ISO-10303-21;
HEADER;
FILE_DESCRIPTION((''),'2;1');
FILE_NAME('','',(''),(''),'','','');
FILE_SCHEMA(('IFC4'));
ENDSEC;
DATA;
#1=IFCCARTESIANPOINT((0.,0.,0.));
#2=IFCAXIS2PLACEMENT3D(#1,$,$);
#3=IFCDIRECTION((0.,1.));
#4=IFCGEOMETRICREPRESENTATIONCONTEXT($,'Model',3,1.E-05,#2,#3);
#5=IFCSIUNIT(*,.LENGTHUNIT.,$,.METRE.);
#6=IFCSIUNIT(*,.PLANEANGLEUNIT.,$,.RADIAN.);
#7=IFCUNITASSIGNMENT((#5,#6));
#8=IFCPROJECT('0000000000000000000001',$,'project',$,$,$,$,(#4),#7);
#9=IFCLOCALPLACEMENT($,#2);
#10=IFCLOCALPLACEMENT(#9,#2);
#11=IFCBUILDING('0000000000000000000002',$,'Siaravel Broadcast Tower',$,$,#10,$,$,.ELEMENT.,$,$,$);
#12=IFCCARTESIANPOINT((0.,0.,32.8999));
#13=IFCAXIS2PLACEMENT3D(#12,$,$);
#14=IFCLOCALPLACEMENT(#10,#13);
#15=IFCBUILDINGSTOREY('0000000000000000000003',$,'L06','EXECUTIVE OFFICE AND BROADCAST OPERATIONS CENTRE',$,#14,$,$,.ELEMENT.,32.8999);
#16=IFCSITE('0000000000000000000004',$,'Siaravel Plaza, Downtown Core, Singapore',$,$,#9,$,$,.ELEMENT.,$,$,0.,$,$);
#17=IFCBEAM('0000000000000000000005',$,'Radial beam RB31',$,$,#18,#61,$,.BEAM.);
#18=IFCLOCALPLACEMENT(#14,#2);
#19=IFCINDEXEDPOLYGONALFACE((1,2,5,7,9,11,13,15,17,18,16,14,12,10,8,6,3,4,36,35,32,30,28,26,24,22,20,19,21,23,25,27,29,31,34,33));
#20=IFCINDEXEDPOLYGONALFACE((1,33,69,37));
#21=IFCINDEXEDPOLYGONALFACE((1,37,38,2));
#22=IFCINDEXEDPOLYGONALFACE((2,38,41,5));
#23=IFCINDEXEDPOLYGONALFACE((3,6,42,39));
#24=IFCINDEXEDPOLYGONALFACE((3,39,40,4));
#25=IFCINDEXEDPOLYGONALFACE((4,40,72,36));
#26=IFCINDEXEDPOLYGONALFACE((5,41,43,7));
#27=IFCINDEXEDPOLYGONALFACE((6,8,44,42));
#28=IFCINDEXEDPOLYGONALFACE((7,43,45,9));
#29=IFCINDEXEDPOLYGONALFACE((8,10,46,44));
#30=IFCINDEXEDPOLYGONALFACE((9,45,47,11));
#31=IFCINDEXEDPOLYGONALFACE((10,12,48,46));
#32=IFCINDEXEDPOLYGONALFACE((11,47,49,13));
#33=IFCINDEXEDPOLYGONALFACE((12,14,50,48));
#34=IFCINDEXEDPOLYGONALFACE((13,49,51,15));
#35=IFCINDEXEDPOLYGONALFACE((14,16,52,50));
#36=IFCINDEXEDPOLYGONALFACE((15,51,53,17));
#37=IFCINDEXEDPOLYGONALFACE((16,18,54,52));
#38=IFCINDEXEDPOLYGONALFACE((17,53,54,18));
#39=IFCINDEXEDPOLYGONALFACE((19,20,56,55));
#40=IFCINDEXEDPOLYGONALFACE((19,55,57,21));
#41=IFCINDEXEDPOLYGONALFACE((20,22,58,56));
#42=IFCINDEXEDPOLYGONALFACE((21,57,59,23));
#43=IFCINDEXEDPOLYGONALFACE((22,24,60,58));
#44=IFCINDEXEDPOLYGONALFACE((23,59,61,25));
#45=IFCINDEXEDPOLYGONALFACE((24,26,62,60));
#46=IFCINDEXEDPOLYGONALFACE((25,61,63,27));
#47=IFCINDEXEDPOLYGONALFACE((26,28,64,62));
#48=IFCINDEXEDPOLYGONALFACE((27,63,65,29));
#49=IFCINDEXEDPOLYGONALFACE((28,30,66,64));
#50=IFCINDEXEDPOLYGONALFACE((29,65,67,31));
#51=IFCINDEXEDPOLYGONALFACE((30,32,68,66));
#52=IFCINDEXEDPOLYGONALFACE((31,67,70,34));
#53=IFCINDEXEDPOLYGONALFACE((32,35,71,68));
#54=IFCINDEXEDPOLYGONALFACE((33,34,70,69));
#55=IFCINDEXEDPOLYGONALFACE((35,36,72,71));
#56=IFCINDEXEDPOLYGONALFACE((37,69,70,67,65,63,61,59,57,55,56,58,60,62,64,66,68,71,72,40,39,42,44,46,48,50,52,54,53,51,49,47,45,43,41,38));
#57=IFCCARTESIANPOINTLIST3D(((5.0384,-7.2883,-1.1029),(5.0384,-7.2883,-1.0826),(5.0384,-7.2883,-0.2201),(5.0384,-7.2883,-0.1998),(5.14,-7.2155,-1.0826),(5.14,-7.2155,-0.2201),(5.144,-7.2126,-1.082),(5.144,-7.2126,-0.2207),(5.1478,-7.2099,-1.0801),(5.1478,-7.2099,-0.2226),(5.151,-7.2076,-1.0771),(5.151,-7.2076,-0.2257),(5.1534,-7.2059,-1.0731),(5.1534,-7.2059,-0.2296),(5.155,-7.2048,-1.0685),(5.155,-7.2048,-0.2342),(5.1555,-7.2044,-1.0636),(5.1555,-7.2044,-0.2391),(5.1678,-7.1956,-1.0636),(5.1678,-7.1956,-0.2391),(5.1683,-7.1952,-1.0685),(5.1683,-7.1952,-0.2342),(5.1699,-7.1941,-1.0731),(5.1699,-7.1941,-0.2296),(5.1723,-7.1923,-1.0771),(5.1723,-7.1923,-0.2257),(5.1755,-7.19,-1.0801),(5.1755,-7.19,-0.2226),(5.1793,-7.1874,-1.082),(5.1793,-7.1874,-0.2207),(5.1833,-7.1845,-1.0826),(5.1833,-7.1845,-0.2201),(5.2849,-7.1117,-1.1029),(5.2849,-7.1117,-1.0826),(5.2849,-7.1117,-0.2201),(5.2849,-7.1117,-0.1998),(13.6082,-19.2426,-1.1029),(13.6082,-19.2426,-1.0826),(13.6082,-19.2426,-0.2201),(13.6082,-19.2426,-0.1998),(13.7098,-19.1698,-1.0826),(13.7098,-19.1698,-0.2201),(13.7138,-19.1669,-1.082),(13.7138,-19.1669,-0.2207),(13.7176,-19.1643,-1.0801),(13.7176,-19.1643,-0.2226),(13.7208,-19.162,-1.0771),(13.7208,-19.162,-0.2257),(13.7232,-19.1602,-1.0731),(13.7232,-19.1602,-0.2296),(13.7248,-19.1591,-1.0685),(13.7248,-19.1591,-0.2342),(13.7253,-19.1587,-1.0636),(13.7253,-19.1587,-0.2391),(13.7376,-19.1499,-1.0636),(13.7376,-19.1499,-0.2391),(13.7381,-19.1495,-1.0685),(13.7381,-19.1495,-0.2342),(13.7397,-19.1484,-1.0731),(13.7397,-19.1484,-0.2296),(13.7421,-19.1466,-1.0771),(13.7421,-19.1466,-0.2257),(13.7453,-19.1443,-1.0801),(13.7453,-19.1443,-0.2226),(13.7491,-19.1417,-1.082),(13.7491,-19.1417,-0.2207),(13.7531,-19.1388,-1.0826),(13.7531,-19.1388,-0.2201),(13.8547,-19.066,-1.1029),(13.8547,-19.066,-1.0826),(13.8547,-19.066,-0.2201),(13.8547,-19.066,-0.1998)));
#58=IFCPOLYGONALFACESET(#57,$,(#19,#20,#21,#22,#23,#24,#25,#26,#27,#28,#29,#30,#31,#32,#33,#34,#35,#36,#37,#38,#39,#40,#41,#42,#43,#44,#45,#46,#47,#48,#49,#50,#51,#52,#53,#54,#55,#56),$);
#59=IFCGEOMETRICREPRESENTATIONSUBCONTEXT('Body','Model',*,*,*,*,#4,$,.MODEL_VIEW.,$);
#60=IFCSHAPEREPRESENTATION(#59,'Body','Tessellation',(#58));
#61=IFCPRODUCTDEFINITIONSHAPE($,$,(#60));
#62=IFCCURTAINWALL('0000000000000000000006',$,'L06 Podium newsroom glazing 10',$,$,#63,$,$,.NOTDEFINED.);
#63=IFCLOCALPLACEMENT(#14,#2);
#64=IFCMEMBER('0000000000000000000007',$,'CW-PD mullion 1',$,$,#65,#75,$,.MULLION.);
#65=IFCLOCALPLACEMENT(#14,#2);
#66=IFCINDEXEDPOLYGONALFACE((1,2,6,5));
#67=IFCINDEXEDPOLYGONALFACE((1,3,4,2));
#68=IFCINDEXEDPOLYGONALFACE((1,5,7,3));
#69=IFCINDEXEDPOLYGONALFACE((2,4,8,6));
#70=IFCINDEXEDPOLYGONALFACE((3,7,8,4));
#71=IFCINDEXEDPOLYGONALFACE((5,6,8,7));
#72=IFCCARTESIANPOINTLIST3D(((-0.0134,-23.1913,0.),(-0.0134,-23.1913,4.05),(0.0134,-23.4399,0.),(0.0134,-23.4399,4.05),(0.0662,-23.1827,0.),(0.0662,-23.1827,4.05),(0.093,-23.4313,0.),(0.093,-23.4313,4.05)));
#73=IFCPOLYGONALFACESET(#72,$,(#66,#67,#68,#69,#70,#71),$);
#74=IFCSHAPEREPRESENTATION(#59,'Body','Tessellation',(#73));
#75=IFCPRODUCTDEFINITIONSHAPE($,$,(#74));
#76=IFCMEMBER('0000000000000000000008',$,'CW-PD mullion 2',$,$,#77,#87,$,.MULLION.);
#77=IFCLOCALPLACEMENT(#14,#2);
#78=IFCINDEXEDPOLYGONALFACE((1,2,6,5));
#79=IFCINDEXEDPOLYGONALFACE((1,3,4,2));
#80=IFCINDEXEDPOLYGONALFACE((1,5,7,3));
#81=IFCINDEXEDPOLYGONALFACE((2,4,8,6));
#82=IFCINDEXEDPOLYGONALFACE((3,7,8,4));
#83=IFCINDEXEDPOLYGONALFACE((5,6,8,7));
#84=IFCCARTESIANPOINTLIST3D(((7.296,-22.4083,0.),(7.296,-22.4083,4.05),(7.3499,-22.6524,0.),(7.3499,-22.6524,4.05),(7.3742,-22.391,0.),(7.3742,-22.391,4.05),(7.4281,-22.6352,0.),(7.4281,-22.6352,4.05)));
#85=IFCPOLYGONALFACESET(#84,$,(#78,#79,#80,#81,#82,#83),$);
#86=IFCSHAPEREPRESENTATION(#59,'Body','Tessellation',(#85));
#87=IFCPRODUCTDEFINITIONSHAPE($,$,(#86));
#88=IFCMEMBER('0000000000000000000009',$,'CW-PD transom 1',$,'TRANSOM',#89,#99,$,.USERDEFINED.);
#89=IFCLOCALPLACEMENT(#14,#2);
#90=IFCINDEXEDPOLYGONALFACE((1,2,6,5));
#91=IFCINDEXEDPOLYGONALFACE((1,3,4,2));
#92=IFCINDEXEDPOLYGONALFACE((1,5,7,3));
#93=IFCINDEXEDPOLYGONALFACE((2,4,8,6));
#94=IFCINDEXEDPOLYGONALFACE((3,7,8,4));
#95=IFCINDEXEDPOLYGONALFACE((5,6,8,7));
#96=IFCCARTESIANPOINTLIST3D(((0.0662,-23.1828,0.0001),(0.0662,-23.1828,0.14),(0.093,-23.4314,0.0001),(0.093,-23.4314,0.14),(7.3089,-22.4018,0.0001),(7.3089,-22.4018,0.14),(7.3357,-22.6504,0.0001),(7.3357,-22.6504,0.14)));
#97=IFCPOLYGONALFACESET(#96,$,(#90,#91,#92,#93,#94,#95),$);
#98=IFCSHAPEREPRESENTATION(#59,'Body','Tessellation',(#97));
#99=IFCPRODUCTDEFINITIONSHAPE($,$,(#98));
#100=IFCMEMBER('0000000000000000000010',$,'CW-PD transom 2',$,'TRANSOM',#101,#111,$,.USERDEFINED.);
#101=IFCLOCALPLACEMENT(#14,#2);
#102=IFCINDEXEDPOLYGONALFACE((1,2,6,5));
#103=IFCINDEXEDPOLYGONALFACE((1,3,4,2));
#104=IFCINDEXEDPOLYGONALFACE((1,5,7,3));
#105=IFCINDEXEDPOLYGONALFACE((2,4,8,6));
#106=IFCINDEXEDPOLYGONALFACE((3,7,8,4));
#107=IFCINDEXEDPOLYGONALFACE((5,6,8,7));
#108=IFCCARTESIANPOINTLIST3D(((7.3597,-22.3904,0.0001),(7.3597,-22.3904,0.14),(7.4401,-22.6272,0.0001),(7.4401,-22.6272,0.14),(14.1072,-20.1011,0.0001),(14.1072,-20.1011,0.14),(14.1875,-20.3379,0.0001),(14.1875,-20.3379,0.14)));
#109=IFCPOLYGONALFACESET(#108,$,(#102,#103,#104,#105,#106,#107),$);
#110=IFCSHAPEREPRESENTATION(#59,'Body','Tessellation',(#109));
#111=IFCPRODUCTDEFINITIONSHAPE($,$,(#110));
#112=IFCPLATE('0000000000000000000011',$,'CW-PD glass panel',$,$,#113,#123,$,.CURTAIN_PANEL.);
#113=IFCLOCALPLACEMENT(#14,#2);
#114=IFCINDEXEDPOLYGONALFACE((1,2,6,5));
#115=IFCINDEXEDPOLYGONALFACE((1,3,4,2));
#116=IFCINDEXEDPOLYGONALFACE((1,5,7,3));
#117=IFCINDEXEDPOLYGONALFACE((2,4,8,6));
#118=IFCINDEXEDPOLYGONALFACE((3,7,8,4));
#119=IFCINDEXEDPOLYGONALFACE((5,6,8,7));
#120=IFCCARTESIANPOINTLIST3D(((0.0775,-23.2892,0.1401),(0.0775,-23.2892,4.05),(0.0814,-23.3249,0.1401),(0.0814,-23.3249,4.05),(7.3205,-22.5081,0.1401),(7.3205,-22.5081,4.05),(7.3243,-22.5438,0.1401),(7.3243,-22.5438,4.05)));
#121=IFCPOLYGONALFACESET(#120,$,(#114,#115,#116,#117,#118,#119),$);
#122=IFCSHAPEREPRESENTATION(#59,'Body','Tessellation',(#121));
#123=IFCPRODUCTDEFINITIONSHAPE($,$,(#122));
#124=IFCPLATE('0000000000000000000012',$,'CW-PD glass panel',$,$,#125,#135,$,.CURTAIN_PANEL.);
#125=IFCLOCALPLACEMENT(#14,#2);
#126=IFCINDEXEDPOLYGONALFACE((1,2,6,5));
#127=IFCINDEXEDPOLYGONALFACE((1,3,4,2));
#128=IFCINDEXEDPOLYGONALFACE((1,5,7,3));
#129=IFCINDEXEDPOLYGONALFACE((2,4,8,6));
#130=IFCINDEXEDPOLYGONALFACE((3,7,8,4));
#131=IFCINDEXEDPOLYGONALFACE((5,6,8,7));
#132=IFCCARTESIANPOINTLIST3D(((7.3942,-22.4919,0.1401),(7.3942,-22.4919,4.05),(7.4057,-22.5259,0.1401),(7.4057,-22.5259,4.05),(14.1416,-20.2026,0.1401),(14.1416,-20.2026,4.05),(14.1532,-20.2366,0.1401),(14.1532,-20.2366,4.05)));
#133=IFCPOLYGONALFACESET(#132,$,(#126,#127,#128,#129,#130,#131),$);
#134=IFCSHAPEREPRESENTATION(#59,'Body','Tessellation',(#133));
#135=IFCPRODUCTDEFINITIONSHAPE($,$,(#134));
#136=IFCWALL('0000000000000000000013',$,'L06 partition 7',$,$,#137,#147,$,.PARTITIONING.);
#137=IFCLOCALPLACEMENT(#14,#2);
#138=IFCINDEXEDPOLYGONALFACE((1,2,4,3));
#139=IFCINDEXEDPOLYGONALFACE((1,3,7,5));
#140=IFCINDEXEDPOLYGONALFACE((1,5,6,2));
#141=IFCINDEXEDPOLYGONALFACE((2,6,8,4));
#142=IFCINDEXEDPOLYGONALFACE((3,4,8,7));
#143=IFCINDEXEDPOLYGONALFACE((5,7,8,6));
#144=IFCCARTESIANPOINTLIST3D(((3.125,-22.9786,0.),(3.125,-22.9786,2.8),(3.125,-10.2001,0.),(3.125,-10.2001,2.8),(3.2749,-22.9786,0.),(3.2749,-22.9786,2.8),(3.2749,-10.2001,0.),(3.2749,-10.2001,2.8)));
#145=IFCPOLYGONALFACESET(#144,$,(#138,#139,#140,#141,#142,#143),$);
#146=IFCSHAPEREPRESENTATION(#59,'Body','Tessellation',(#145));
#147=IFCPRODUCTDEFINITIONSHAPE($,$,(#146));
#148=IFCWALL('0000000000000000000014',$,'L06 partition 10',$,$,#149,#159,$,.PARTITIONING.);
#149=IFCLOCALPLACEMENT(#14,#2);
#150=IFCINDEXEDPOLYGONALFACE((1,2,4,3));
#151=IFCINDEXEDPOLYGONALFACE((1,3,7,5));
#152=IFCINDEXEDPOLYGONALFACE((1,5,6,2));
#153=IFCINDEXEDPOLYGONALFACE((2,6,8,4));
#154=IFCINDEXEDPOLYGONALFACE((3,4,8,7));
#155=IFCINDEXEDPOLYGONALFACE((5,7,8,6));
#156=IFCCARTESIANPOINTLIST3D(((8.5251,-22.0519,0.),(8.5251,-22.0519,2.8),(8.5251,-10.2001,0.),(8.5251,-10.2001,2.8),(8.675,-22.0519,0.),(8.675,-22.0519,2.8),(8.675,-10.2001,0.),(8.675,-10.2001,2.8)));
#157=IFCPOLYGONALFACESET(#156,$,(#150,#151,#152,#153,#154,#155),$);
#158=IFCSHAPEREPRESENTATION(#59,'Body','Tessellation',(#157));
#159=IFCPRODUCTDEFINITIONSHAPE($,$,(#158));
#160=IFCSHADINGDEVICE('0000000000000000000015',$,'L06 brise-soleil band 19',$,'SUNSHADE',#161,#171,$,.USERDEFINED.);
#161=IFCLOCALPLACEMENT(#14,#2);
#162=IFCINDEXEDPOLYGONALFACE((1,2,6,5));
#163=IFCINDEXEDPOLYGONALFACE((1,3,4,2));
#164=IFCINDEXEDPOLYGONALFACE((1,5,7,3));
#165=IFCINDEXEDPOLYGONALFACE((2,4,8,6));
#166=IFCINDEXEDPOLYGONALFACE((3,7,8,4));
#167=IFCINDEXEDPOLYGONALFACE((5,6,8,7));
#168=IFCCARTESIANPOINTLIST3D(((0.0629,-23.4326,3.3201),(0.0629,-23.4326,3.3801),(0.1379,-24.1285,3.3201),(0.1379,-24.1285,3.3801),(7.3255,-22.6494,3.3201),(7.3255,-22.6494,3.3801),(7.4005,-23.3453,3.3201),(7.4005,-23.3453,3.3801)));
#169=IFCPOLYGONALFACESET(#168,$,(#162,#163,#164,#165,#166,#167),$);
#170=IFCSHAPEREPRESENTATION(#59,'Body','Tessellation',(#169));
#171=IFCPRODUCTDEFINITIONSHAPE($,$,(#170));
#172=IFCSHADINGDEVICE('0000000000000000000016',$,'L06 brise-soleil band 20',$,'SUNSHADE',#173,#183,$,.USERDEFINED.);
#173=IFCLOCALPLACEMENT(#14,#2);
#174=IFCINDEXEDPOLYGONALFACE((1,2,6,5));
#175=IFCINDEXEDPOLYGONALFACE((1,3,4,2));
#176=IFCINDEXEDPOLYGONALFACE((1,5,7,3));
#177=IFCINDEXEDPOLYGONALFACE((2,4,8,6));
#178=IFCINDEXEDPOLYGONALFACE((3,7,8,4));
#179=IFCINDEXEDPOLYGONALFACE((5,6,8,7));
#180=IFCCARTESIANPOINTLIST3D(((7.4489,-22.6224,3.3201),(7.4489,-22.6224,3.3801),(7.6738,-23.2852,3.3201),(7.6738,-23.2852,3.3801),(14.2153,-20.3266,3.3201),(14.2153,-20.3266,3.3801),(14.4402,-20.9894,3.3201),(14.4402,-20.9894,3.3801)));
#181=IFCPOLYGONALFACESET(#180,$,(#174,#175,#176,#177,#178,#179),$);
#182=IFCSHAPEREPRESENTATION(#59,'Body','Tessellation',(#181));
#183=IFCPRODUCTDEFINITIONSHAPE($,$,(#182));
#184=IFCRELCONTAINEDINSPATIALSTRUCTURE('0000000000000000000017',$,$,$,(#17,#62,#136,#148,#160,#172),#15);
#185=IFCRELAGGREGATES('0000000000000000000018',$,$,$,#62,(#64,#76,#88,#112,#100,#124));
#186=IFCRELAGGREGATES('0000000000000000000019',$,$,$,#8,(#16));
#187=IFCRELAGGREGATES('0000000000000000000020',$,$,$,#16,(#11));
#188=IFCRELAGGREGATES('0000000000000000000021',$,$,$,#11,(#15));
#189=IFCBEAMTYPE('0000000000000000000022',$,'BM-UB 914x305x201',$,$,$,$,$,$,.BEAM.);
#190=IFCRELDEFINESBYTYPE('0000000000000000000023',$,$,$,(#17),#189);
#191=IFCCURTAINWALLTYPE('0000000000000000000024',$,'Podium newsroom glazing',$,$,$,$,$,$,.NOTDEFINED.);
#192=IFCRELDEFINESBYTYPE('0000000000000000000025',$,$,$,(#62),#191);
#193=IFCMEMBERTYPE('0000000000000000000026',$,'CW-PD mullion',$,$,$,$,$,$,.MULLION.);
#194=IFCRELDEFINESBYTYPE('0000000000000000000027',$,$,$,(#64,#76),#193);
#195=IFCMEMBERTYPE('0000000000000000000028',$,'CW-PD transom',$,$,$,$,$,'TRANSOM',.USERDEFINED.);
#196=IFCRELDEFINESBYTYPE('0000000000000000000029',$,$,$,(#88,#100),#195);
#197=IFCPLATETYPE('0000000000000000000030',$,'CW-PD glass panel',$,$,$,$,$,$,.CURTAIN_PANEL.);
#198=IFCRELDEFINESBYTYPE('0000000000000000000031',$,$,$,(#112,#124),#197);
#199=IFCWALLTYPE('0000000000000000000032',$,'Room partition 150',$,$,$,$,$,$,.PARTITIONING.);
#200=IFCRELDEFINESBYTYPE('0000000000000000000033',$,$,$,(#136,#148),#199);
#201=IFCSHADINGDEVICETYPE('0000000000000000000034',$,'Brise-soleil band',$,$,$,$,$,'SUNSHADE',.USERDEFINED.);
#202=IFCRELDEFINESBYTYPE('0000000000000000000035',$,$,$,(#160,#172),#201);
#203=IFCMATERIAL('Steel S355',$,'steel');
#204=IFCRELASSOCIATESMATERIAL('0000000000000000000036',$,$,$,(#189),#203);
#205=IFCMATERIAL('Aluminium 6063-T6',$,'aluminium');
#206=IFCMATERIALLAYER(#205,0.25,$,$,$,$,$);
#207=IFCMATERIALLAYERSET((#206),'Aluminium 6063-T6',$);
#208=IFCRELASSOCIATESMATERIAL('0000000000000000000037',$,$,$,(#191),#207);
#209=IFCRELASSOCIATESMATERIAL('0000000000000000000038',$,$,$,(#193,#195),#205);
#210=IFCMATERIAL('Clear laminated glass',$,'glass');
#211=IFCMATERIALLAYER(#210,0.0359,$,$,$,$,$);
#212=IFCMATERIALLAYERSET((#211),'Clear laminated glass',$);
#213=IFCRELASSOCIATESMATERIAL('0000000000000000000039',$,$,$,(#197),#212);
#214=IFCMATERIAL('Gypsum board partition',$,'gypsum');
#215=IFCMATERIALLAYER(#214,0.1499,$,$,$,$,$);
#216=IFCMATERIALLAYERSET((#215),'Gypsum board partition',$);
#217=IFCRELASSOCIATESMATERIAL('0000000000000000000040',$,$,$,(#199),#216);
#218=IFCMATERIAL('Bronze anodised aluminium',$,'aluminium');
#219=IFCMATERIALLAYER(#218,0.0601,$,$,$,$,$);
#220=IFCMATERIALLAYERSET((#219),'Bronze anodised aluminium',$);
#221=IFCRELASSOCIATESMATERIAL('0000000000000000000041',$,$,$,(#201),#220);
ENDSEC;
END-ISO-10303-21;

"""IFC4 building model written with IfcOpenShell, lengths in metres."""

from ifc_helpers import new_model, si_unit, direction, frame, frame_2d, origin, origin_2d, place, context, subcontext, project, spatial, rectangle, i_section, extrude, material, layer, layer_set, material_profile, profile_set, type_object, element, aggregate, save


model = new_model("IFC4")

# Units and contexts
model_context = context("Model", 3, precision=1e-05, world=origin(), true_north=direction((0.0, 1.0)))
body_context = subcontext(model_context, "Body", "Model", "MODEL_VIEW")
ifc_project = project(units=[si_unit("LENGTHUNIT", "METRE"), si_unit("PLANEANGLEUNIT", "RADIAN")], contexts=[model_context])

# Site, building, storey
site_placement = place(None, origin())
site = spatial("IfcSite", under=ifc_project, at=site_placement, Name="Siaravel Plaza, Downtown Core, Singapore", CompositionType="ELEMENT", RefElevation=0.0)
building_placement = place(site_placement, origin())
building = spatial("IfcBuilding", under=site, at=building_placement, Name="Siaravel Broadcast Tower", CompositionType="ELEMENT")
storey_placement = place(building_placement, frame((0.0, 0.0, 32.8999)))
storey = spatial("IfcBuildingStorey", under=building, at=storey_placement, Name="L06", Description="EXECUTIVE OFFICE AND BROADCAST OPERATIONS CENTRE", CompositionType="ELEMENT", Elevation=32.8999)

# Beam
ifc_material_1 = material(Name="Steel S355", Category="steel")
ifc_material_profile_1 = material_profile(ifc_material_1, i_section(OverallWidth=0.3032, OverallDepth=0.9031, WebThickness=0.0151, FlangeThickness=0.0203, FilletRadius=0.019, at=origin_2d()))
ifc_profile_set_1 = profile_set([ifc_material_profile_1], Name="Steel S355")
beam_type = type_object("IfcBeamType", Name="BM-UB 914x305x201", PredefinedType="BEAM", material=ifc_profile_set_1)
beam_1_placement = place(storey_placement, frame((13.7314, -19.1543, -0.6514), z_axis=(-0.582633, 0.812735, 0.0), x_axis=(-0.812735, -0.582633, 0.0)))
element("IfcBeam", 1, at=beam_1_placement, inside=storey, type_object=beam_type, Name="Radial beam RB31", PredefinedType="BEAM", context=body_context, shape_type="SweptSolid", body=[
    extrude(i_section(OverallWidth=0.3032, OverallDepth=0.9031, WebThickness=0.0151, FlangeThickness=0.0203, FilletRadius=0.019, at=origin_2d()), origin(), (0.0, 0.0, 1.0), 14.7087),
])

# Curtain wall, members, plates
ifc_material_2 = material(Name="Aluminium 6063-T6", Category="aluminium")
ifc_layer_1 = layer(ifc_material_2, 0.25)
ifc_layer_set_1 = layer_set([ifc_layer_1], Name="Aluminium 6063-T6")
curtain_wall_type = type_object("IfcCurtainWallType", Name="Podium newsroom glazing", PredefinedType="NOTDEFINED", material=ifc_layer_set_1)
curtain_wall_placement = place(storey_placement, origin())
curtain_wall = element("IfcCurtainWall", 2, at=curtain_wall_placement, inside=storey, type_object=curtain_wall_type, Name="L06 Podium newsroom glazing 10", PredefinedType="NOTDEFINED")
ifc_material_profile_2 = material_profile(ifc_material_2, rectangle(XDim=0.25, YDim=0.0801, at=origin_2d()))
ifc_profile_set_2 = profile_set([ifc_material_profile_2], Name="Aluminium 6063-T6")
member_type_1 = type_object("IfcMemberType", Name="CW-PD mullion", PredefinedType="MULLION", material=ifc_profile_set_2)
member_1_placement = place(storey_placement, frame((0.0398, -23.3113, 0.0), z_axis=(0.0, 0.0, 1.0), x_axis=(-0.107217, 0.994236, 0.0)))
member_1 = element("IfcMember", 3, at=member_1_placement, type_object=member_type_1, Name="CW-PD mullion 1", PredefinedType="MULLION", context=body_context, shape_type="SweptSolid", body=[
    extrude(rectangle(XDim=0.25, YDim=0.0801, at=origin_2d()), origin(), (0.0, 0.0, 1.0), 4.05),
])
member_2_placement = place(storey_placement, frame((7.3621, -22.5217, 0.0), z_axis=(0.0, 0.0, 1.0), x_axis=(-0.215558, 0.976491, 0.0)))
member_2 = element("IfcMember", 4, at=member_2_placement, type_object=member_type_1, Name="CW-PD mullion 2", PredefinedType="MULLION", context=body_context, shape_type="SweptSolid", body=[
    extrude(rectangle(XDim=0.25, YDim=0.0801, at=origin_2d()), origin(), (0.0, 0.0, 1.0), 4.05),
])
ifc_material_profile_3 = material_profile(ifc_material_2, rectangle(XDim=0.25, YDim=0.1399, at=origin_2d()))
ifc_profile_set_3 = profile_set([ifc_material_profile_3], Name="Aluminium 6063-T6")
member_type_2 = type_object("IfcMemberType", Name="CW-PD transom", ElementType="TRANSOM", PredefinedType="USERDEFINED", material=ifc_profile_set_3)
member_3_placement = place(storey_placement, frame((0.0796, -23.3071, 0.0701), z_axis=(0.994236, 0.107212, 0.0), x_axis=(-0.107212, 0.994236, 0.0)))
member_3 = element("IfcMember", 5, at=member_3_placement, type_object=member_type_2, Name="CW-PD transom 1", ObjectType="TRANSOM", PredefinedType="USERDEFINED", context=body_context, shape_type="SweptSolid", body=[
    extrude(rectangle(XDim=0.25, YDim=0.1399, at=origin_2d()), origin(), (0.0, 0.0, 1.0), 7.2847),
])
member_4_placement = place(storey_placement, frame((7.3999, -22.5088, 0.0701), z_axis=(0.946981, 0.321291, 0.0), x_axis=(-0.321291, 0.946981, 0.0)))
member_4 = element("IfcMember", 6, at=member_4_placement, type_object=member_type_2, Name="CW-PD transom 2", ObjectType="TRANSOM", PredefinedType="USERDEFINED", context=body_context, shape_type="SweptSolid", body=[
    extrude(rectangle(XDim=0.25, YDim=0.1399, at=origin_2d()), origin(), (0.0, 0.0, 1.0), 7.1252),
])
ifc_material_3 = material(Name="Clear laminated glass", Category="glass")
ifc_layer_2 = layer(ifc_material_3, 0.0359)
ifc_layer_set_2 = layer_set([ifc_layer_2], Name="Clear laminated glass")
plate_type = type_object("IfcPlateType", Name="CW-PD glass panel", PredefinedType="CURTAIN_PANEL", material=ifc_layer_set_2)
plate_1_placement = place(storey_placement, frame((3.7009, -22.9165, 0.1401), z_axis=(0.0, 0.0, 1.0), x_axis=(0.994236, 0.107217, 0.0)))
plate_1 = element("IfcPlate", 7, at=plate_1_placement, type_object=plate_type, Name="CW-PD glass panel", PredefinedType="CURTAIN_PANEL", context=body_context, shape_type="SweptSolid", body=[
    extrude(rectangle(XDim=7.2849, YDim=0.0359, at=origin_2d()), origin(), (0.0, 0.0, 1.0), 3.9099),
])
plate_2_placement = place(storey_placement, frame((10.7737, -21.3643, 0.1401), z_axis=(0.0, 0.0, 1.0), x_axis=(0.946977, 0.3213, 0.0)))
plate_2 = element("IfcPlate", 8, at=plate_2_placement, type_object=plate_type, Name="CW-PD glass panel", PredefinedType="CURTAIN_PANEL", context=body_context, shape_type="SweptSolid", body=[
    extrude(rectangle(XDim=7.1252, YDim=0.0359, at=origin_2d()), origin(), (0.0, 0.0, 1.0), 3.9099),
])
aggregate(curtain_wall, [member_1, member_2, member_3, plate_1, member_4, plate_2])

# Walls
ifc_material_4 = material(Name="Gypsum board partition", Category="gypsum")
ifc_layer_3 = layer(ifc_material_4, 0.1499)
ifc_layer_set_3 = layer_set([ifc_layer_3], Name="Gypsum board partition")
wall_type = type_object("IfcWallType", Name="Room partition 150", PredefinedType="PARTITIONING", material=ifc_layer_set_3)
wall_1_placement = place(storey_placement, frame((3.2, -22.9785, 0.0), z_axis=(0.0, 0.0, 1.0), x_axis=(0.0, 1.0, 0.0)))
element("IfcWall", 9, at=wall_1_placement, inside=storey, type_object=wall_type, Name="L06 partition 7", PredefinedType="PARTITIONING", context=body_context, shape_type="SweptSolid", body=[
    extrude(rectangle(XDim=12.7786, YDim=0.1499, at=frame_2d((6.3892, 0.0))), origin(), (0.0, 0.0, 1.0), 2.8),
])
wall_2_placement = place(storey_placement, frame((8.6001, -22.0518, 0.0), z_axis=(0.0, 0.0, 1.0), x_axis=(0.0, 1.0, 0.0)))
element("IfcWall", 10, at=wall_2_placement, inside=storey, type_object=wall_type, Name="L06 partition 10", PredefinedType="PARTITIONING", context=body_context, shape_type="SweptSolid", body=[
    extrude(rectangle(XDim=11.8518, YDim=0.1499, at=frame_2d((5.9258, 0.0))), origin(), (0.0, 0.0, 1.0), 2.8),
])

# Shading devices
ifc_material_5 = material(Name="Bronze anodised aluminium", Category="aluminium")
ifc_layer_4 = layer(ifc_material_5, 0.0601)
ifc_layer_set_4 = layer_set([ifc_layer_4], Name="Bronze anodised aluminium")
shading_device_type = type_object("IfcShadingDeviceType", Name="Brise-soleil band", ElementType="SUNSHADE", PredefinedType="USERDEFINED", material=ifc_layer_set_4)
shading_device_1_placement = place(storey_placement, frame((3.7317, -23.3889, 3.3201), z_axis=(0.0, 0.0, 1.0), x_axis=(0.994236, 0.107217, 0.0)))
element("IfcShadingDevice", 11, at=shading_device_1_placement, inside=storey, type_object=shading_device_type, Name="L06 brise-soleil band 19", ObjectType="SUNSHADE", PredefinedType="USERDEFINED", context=body_context, shape_type="SweptSolid", body=[
    extrude(rectangle(XDim=7.3047, YDim=0.7, at=origin_2d()), origin(), (0.0, 0.0, 1.0), 0.0601),
])
shading_device_2_placement = place(storey_placement, frame((10.9446, -21.8059, 3.3201), z_axis=(0.0, 0.0, 1.0), x_axis=(0.946977, 0.321301, 0.0)))
element("IfcShadingDevice", 12, at=shading_device_2_placement, inside=storey, type_object=shading_device_type, Name="L06 brise-soleil band 20", ObjectType="SUNSHADE", PredefinedType="USERDEFINED", context=body_context, shape_type="SweptSolid", body=[
    extrude(rectangle(XDim=7.1453, YDim=0.7, at=origin_2d()), origin(), (0.0, 0.0, 1.0), 0.0601),
])

save(model, "model.ifc")
